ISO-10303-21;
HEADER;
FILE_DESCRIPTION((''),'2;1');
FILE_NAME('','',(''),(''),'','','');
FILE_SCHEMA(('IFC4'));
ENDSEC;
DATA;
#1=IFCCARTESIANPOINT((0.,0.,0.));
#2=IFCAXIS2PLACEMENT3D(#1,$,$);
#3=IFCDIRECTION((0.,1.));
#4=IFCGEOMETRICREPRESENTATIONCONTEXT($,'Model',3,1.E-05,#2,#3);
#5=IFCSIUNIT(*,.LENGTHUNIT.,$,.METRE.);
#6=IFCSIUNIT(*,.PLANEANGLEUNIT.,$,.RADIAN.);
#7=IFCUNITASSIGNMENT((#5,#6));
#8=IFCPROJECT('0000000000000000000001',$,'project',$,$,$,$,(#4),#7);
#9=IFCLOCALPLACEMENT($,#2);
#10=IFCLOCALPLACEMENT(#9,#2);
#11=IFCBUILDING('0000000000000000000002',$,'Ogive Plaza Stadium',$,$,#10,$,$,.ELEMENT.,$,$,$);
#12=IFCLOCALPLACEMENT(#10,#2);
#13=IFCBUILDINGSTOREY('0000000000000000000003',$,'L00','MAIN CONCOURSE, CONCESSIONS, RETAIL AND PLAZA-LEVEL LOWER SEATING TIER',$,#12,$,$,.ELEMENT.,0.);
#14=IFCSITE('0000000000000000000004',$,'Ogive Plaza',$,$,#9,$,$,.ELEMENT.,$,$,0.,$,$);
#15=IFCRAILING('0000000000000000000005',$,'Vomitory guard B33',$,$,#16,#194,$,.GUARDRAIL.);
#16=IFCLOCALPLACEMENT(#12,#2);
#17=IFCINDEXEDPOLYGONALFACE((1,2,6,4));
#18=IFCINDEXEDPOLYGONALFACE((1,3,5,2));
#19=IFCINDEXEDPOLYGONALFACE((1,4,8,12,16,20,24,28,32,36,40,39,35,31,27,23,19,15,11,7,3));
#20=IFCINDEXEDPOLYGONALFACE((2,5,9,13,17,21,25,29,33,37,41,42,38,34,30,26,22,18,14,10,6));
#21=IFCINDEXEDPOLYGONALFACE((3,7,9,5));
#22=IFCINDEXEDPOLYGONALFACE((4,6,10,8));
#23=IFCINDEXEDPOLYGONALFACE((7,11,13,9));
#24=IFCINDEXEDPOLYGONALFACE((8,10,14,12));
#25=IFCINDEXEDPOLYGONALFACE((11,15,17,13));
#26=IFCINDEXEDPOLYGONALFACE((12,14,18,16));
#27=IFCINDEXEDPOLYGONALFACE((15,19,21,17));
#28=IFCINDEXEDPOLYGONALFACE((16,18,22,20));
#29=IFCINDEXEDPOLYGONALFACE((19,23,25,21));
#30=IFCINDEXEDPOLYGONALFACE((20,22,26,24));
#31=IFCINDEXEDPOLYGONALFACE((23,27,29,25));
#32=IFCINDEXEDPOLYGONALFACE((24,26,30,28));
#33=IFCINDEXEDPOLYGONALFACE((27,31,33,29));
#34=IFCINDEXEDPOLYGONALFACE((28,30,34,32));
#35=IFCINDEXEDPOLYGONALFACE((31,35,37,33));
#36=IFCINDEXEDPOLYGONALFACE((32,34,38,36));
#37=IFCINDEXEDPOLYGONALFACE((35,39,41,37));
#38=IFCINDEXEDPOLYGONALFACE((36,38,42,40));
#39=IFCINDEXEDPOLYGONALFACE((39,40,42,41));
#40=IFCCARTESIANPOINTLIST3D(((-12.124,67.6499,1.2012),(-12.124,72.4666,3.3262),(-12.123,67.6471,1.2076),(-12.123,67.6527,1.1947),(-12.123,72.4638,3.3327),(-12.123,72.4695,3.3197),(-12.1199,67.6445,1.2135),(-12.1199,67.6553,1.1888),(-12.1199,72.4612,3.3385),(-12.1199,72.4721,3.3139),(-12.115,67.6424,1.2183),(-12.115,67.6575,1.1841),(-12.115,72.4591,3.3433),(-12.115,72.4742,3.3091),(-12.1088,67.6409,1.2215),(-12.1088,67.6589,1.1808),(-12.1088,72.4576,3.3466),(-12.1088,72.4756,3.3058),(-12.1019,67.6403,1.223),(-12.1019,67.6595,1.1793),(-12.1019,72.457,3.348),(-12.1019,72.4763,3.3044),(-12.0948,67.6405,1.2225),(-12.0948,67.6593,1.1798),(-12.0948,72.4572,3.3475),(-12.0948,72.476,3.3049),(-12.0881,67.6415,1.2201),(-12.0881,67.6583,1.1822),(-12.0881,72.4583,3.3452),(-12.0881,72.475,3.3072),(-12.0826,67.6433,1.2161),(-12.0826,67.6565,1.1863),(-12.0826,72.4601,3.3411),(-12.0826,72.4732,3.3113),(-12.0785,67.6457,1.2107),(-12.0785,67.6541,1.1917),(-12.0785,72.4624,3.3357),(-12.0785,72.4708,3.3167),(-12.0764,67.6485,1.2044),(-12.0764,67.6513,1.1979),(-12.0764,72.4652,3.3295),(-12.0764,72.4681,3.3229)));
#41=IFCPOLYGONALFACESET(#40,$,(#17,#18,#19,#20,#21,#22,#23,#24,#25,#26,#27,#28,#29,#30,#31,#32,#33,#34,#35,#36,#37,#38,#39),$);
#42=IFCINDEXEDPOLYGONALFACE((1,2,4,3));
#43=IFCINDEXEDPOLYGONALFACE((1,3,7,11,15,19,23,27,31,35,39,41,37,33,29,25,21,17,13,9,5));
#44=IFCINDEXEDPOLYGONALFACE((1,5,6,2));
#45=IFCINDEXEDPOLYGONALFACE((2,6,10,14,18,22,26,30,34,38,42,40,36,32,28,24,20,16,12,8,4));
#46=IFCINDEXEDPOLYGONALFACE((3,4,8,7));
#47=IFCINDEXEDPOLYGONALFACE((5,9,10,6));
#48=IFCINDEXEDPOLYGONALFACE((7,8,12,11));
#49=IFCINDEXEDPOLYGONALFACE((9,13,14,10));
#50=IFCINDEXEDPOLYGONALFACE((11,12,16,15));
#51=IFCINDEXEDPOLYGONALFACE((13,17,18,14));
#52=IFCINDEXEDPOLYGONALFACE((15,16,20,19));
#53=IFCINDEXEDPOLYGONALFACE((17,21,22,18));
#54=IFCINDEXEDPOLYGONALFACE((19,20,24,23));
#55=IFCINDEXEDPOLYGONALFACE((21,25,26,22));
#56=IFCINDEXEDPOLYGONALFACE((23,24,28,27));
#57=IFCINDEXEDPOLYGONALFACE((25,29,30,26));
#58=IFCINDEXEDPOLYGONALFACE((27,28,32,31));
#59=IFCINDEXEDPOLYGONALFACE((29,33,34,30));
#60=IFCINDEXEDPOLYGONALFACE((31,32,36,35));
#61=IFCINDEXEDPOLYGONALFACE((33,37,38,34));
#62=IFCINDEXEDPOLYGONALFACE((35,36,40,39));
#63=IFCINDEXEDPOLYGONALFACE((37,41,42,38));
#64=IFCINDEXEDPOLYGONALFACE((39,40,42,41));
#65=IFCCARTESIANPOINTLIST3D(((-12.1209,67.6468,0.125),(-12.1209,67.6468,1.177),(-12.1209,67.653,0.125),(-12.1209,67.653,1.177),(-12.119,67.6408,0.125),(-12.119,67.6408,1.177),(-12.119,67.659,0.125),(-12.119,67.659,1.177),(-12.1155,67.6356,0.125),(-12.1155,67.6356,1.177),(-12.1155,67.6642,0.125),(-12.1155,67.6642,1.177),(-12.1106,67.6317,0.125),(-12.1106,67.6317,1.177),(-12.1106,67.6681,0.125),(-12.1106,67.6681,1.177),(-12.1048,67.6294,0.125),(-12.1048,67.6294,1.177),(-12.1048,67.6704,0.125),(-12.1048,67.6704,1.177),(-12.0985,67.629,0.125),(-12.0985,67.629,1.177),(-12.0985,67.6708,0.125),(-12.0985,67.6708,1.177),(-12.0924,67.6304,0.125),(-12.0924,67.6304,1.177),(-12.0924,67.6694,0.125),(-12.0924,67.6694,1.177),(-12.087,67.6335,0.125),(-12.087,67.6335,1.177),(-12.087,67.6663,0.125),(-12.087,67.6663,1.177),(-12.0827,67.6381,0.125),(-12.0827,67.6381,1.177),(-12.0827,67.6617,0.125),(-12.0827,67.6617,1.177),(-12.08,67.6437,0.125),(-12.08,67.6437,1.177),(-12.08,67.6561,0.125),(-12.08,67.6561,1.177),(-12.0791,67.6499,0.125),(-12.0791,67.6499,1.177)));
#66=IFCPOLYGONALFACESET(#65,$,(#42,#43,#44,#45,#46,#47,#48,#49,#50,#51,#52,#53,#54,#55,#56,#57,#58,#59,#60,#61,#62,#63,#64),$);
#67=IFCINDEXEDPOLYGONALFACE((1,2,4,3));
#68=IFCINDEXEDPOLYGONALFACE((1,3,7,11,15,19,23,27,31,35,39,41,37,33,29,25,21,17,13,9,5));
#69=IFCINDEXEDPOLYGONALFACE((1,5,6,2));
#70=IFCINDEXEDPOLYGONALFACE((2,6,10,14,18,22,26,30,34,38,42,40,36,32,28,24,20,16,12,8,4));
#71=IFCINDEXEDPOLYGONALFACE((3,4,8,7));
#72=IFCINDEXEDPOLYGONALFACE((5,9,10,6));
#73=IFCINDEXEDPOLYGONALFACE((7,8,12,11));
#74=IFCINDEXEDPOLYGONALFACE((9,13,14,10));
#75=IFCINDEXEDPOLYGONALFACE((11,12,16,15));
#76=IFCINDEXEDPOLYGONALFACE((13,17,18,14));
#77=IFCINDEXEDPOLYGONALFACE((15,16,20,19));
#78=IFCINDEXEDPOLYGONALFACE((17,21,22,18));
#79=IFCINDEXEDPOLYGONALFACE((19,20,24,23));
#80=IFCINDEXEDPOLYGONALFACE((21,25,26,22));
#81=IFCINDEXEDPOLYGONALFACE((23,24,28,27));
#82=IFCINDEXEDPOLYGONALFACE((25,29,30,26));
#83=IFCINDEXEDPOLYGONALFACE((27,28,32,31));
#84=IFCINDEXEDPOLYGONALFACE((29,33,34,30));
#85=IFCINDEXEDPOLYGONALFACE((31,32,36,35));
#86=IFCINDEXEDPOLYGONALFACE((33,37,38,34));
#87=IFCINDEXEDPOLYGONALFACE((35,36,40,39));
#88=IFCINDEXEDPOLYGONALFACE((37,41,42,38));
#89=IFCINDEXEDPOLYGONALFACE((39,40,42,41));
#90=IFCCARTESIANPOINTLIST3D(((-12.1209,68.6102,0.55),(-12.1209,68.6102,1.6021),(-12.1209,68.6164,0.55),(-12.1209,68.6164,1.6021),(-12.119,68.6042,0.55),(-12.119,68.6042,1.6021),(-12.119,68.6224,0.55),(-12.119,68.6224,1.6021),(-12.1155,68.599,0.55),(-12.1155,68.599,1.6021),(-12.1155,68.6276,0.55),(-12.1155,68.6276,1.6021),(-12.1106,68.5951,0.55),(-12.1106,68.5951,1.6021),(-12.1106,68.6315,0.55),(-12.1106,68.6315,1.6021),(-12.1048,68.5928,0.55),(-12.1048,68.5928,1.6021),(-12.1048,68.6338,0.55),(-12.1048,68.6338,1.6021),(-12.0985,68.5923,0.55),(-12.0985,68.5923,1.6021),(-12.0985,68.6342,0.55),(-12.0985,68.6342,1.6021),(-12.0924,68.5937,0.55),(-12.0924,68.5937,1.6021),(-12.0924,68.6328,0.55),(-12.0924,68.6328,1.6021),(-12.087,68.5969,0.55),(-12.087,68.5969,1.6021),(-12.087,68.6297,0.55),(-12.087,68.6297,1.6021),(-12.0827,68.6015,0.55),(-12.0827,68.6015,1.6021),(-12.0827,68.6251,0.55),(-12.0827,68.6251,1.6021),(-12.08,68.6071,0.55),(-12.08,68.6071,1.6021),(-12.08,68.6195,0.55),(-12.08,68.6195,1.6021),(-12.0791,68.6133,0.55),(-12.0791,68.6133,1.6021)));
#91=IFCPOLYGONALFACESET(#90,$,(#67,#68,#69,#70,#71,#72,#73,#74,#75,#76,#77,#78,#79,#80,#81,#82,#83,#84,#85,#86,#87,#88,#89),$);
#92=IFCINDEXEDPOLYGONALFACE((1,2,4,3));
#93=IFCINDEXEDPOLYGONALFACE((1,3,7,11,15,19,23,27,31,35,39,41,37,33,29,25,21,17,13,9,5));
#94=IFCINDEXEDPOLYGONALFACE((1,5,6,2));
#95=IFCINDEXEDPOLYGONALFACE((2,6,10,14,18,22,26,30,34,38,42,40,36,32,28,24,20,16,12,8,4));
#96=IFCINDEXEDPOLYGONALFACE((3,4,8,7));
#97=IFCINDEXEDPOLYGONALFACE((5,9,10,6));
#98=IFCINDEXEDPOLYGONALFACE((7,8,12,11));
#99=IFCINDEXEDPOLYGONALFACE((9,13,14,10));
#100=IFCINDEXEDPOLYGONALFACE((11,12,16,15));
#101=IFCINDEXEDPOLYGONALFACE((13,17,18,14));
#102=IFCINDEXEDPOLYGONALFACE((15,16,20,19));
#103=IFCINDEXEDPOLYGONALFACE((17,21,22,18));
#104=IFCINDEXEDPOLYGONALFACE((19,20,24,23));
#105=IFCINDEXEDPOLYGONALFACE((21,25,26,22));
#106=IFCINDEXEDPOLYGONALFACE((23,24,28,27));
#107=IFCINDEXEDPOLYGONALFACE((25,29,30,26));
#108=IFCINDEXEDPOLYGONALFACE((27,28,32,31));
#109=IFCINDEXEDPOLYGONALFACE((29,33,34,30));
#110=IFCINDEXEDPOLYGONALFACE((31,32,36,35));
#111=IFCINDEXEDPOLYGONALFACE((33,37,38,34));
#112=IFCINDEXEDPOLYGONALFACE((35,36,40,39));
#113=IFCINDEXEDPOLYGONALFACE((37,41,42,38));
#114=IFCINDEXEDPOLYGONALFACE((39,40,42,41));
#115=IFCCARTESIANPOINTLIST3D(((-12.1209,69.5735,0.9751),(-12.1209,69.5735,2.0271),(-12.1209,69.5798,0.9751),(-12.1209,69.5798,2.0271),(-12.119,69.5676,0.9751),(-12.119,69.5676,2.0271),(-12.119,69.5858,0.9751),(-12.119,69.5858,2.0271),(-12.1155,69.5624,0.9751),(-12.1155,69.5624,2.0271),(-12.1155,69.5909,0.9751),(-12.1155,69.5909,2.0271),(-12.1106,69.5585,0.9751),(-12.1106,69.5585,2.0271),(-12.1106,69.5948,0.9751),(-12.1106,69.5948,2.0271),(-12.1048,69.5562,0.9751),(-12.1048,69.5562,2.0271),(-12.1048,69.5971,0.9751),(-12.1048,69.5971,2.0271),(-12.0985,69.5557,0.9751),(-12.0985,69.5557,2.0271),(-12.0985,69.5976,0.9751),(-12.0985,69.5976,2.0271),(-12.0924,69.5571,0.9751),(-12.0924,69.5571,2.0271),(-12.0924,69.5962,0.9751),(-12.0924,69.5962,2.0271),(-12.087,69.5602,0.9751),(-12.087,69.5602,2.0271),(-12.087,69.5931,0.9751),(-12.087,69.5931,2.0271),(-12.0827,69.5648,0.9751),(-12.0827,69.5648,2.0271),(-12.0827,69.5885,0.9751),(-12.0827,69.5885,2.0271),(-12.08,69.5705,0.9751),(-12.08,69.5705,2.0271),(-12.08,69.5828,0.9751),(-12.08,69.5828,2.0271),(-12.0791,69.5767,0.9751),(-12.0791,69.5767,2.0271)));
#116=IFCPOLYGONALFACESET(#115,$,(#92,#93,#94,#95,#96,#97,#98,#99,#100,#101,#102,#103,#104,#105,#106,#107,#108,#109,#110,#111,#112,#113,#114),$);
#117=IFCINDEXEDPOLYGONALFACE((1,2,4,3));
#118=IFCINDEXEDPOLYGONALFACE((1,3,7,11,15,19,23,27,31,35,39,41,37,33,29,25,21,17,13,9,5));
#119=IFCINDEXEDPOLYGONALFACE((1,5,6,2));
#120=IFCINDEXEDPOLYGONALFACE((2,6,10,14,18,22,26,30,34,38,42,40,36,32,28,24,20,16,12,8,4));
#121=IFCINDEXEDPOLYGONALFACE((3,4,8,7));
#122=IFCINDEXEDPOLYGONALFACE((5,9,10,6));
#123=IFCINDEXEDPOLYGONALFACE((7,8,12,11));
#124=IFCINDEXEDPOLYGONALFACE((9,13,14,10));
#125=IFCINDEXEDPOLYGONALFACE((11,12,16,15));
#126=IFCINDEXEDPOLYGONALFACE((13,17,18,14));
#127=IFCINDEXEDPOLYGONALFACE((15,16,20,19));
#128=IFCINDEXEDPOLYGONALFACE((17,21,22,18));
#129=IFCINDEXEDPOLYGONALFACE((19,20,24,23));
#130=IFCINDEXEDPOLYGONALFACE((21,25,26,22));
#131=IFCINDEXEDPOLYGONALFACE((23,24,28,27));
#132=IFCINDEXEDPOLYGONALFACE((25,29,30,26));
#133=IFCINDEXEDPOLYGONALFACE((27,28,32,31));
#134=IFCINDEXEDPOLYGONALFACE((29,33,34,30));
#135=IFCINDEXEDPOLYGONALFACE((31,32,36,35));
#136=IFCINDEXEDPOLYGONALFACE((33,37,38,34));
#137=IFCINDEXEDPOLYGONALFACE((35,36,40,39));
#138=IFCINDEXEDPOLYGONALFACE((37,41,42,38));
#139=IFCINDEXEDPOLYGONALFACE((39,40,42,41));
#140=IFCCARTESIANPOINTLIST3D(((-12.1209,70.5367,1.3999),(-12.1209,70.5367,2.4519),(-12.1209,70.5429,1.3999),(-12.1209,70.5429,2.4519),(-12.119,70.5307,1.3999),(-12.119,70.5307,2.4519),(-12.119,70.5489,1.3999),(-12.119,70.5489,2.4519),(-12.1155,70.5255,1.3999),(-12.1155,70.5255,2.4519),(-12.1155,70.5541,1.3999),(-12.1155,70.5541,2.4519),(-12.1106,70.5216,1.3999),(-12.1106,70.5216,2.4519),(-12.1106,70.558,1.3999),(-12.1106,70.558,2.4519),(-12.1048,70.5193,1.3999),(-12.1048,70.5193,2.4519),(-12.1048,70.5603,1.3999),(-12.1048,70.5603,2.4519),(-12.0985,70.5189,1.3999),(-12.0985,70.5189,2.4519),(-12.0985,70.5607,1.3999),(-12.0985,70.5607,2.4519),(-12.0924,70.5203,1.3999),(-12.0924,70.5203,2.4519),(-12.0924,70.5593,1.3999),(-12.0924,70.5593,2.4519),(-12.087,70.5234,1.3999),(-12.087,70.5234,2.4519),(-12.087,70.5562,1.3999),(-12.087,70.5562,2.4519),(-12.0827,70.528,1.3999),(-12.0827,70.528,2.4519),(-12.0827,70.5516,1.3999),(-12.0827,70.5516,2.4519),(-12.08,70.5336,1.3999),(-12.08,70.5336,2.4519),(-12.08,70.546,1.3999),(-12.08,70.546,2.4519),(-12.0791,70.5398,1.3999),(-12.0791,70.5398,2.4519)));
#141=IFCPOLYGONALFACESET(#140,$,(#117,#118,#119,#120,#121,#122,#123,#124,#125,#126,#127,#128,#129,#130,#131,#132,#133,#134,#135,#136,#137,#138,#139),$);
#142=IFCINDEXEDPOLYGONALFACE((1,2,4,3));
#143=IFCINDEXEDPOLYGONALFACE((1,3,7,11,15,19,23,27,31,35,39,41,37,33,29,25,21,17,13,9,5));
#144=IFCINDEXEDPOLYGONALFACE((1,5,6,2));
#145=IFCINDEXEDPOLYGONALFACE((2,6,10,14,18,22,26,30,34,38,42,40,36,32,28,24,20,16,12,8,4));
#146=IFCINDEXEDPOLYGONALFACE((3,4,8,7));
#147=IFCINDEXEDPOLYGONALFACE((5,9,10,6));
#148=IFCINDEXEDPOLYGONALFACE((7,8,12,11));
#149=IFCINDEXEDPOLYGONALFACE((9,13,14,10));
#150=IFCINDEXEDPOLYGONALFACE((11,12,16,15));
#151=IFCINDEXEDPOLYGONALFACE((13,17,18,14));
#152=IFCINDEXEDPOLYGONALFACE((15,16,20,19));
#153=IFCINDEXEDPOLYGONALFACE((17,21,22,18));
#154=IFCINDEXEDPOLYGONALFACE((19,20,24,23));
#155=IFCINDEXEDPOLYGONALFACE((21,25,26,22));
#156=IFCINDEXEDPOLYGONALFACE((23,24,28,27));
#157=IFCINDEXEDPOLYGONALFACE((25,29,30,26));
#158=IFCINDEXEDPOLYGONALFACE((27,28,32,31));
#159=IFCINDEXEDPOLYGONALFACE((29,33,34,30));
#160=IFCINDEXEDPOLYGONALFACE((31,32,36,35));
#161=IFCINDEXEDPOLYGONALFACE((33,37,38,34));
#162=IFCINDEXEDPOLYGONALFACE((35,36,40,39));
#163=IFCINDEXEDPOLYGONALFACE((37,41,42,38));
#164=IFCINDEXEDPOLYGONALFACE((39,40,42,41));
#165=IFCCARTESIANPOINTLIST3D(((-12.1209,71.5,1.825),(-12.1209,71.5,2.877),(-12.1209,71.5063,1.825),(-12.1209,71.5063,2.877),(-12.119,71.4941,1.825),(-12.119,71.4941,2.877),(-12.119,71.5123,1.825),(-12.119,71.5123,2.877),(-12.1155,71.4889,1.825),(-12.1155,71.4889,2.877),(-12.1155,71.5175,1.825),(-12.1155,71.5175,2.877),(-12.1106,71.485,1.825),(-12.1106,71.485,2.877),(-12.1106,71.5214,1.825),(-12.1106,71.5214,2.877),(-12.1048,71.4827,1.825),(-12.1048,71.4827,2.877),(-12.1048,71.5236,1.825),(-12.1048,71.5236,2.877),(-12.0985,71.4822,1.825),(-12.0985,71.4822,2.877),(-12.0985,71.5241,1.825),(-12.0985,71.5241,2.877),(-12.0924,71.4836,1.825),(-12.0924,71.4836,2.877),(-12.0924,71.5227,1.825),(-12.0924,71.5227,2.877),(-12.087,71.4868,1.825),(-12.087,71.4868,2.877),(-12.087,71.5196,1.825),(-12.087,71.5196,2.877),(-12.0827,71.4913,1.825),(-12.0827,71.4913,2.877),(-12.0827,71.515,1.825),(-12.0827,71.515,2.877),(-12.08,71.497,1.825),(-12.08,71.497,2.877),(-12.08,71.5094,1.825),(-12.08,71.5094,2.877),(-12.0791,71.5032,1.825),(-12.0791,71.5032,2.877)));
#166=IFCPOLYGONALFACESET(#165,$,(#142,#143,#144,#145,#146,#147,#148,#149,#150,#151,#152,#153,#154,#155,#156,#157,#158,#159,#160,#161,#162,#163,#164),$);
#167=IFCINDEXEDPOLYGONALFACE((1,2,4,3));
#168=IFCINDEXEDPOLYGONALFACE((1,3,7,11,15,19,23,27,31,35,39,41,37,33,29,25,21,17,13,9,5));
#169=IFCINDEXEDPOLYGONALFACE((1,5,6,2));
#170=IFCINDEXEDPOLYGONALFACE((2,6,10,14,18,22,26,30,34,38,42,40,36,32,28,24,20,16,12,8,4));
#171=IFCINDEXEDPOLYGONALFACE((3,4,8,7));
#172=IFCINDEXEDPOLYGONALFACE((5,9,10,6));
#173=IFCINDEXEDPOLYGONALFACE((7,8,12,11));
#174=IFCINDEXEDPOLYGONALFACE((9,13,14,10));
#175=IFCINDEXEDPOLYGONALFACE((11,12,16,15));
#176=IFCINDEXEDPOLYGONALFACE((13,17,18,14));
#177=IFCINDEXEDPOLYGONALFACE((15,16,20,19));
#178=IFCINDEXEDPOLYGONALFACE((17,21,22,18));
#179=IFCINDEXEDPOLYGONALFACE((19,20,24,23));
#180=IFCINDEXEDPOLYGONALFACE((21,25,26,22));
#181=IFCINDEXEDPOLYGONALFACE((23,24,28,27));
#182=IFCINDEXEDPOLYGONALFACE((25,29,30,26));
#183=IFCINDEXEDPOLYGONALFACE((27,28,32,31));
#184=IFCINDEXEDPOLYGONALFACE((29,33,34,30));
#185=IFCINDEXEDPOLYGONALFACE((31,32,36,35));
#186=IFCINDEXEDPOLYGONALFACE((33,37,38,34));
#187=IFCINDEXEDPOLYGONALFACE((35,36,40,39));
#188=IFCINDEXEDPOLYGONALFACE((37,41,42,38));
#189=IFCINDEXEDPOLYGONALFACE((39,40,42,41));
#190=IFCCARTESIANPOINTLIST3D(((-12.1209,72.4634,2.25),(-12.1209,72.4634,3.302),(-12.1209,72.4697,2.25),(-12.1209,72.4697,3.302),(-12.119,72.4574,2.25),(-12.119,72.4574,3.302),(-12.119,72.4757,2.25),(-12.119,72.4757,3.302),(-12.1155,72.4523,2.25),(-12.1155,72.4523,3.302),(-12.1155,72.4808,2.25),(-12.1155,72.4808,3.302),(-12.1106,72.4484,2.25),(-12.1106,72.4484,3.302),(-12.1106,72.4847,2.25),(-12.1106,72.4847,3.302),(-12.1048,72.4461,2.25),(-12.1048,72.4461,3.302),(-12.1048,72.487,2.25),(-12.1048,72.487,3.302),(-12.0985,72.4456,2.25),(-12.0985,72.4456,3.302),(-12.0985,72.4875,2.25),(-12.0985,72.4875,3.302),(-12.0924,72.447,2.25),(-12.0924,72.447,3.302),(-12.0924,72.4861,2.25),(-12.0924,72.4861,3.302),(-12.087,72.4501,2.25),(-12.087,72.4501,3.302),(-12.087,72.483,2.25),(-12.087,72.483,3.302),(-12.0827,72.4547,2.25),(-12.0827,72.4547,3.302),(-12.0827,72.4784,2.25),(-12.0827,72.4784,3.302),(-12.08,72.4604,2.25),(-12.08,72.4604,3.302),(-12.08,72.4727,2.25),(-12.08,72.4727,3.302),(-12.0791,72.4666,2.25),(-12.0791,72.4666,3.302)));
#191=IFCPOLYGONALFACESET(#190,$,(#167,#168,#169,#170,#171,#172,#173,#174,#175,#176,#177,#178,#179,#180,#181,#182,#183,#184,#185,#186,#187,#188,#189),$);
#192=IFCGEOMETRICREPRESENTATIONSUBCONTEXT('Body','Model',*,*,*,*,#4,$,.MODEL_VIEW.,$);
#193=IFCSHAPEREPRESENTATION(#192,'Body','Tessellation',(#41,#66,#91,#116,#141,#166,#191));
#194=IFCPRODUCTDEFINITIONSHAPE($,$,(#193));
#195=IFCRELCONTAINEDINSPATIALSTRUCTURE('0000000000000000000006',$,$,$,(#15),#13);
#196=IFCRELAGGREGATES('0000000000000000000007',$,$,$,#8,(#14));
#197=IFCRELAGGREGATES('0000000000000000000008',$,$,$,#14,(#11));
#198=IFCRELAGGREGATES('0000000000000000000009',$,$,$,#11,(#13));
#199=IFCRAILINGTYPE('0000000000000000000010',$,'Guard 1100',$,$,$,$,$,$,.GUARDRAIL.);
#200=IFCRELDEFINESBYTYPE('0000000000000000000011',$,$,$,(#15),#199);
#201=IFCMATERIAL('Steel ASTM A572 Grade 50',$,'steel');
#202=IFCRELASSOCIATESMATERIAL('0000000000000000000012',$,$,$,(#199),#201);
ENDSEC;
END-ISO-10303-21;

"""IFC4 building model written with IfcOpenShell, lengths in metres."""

from ifc_helpers import new_model, si_unit, direction, frame, origin, origin_2d, place, context, subcontext, project, spatial, circle, extrude, material, type_object, element, save


model = new_model("IFC4")

# Units and contexts
model_context = context("Model", 3, precision=1e-05, world=origin(), true_north=direction((0.0, 1.0)))
body_context = subcontext(model_context, "Body", "Model", "MODEL_VIEW")
ifc_project = project(units=[si_unit("LENGTHUNIT", "METRE"), si_unit("PLANEANGLEUNIT", "RADIAN")], contexts=[model_context])

# Site, building, storey
site_placement = place(None, origin())
site = spatial("IfcSite", under=ifc_project, at=site_placement, Name="Ogive Plaza", CompositionType="ELEMENT", RefElevation=0.0)
building_placement = place(site_placement, origin())
building = spatial("IfcBuilding", under=site, at=building_placement, Name="Ogive Plaza Stadium", CompositionType="ELEMENT")
storey_placement = place(building_placement, origin())
storey = spatial("IfcBuildingStorey", under=building, at=storey_placement, Name="L00", Description="MAIN CONCOURSE, CONCESSIONS, RETAIL AND PLAZA-LEVEL LOWER SEATING TIER", CompositionType="ELEMENT", Elevation=0.0)

# Railing
ifc_material_1 = material(Name="Steel ASTM A572 Grade 50", Category="steel")
railing_type = type_object("IfcRailingType", Name="Guard 1100", PredefinedType="GUARDRAIL", material=ifc_material_1)
for number, where, name in (
    (1, (-12.1001, 67.6499, 0.125), "Vomitory guard B33"),
):
    element("IfcRailing", number, at=place(storey_placement, frame(where)), inside=storey, type_object=railing_type, Name=name, PredefinedType="GUARDRAIL", context=body_context, shape_type="SweptSolid", body=[
        extrude(circle(Radius=0.0239, at=origin_2d()), frame((0.0, 0.0, 1.0762), z_axis=(0.0, 0.914917, 0.403641), x_axis=(-1.0, 0.0, 0.0)), (0.0, 0.0, 1.0), 5.2646),
        extrude(circle(Radius=0.021, at=origin_2d()), origin(), (0.0, 0.0, 1.0), 1.052),
        extrude(circle(Radius=0.021, at=origin_2d()), frame((0.0, 0.9634, 0.425)), (0.0, 0.0, 1.0), 1.052),
        extrude(circle(Radius=0.021, at=origin_2d()), frame((0.0, 1.9268, 0.8501)), (0.0, 0.0, 1.0), 1.052),
        extrude(circle(Radius=0.021, at=origin_2d()), frame((0.0, 2.8899, 1.2749)), (0.0, 0.0, 1.0), 1.052),
        extrude(circle(Radius=0.021, at=origin_2d()), frame((0.0, 3.8533, 1.7)), (0.0, 0.0, 1.0), 1.052),
        extrude(circle(Radius=0.021, at=origin_2d()), frame((0.0, 4.8167, 2.125)), (0.0, 0.0, 1.0), 1.052),
    ])

save(model, "model.ifc")
